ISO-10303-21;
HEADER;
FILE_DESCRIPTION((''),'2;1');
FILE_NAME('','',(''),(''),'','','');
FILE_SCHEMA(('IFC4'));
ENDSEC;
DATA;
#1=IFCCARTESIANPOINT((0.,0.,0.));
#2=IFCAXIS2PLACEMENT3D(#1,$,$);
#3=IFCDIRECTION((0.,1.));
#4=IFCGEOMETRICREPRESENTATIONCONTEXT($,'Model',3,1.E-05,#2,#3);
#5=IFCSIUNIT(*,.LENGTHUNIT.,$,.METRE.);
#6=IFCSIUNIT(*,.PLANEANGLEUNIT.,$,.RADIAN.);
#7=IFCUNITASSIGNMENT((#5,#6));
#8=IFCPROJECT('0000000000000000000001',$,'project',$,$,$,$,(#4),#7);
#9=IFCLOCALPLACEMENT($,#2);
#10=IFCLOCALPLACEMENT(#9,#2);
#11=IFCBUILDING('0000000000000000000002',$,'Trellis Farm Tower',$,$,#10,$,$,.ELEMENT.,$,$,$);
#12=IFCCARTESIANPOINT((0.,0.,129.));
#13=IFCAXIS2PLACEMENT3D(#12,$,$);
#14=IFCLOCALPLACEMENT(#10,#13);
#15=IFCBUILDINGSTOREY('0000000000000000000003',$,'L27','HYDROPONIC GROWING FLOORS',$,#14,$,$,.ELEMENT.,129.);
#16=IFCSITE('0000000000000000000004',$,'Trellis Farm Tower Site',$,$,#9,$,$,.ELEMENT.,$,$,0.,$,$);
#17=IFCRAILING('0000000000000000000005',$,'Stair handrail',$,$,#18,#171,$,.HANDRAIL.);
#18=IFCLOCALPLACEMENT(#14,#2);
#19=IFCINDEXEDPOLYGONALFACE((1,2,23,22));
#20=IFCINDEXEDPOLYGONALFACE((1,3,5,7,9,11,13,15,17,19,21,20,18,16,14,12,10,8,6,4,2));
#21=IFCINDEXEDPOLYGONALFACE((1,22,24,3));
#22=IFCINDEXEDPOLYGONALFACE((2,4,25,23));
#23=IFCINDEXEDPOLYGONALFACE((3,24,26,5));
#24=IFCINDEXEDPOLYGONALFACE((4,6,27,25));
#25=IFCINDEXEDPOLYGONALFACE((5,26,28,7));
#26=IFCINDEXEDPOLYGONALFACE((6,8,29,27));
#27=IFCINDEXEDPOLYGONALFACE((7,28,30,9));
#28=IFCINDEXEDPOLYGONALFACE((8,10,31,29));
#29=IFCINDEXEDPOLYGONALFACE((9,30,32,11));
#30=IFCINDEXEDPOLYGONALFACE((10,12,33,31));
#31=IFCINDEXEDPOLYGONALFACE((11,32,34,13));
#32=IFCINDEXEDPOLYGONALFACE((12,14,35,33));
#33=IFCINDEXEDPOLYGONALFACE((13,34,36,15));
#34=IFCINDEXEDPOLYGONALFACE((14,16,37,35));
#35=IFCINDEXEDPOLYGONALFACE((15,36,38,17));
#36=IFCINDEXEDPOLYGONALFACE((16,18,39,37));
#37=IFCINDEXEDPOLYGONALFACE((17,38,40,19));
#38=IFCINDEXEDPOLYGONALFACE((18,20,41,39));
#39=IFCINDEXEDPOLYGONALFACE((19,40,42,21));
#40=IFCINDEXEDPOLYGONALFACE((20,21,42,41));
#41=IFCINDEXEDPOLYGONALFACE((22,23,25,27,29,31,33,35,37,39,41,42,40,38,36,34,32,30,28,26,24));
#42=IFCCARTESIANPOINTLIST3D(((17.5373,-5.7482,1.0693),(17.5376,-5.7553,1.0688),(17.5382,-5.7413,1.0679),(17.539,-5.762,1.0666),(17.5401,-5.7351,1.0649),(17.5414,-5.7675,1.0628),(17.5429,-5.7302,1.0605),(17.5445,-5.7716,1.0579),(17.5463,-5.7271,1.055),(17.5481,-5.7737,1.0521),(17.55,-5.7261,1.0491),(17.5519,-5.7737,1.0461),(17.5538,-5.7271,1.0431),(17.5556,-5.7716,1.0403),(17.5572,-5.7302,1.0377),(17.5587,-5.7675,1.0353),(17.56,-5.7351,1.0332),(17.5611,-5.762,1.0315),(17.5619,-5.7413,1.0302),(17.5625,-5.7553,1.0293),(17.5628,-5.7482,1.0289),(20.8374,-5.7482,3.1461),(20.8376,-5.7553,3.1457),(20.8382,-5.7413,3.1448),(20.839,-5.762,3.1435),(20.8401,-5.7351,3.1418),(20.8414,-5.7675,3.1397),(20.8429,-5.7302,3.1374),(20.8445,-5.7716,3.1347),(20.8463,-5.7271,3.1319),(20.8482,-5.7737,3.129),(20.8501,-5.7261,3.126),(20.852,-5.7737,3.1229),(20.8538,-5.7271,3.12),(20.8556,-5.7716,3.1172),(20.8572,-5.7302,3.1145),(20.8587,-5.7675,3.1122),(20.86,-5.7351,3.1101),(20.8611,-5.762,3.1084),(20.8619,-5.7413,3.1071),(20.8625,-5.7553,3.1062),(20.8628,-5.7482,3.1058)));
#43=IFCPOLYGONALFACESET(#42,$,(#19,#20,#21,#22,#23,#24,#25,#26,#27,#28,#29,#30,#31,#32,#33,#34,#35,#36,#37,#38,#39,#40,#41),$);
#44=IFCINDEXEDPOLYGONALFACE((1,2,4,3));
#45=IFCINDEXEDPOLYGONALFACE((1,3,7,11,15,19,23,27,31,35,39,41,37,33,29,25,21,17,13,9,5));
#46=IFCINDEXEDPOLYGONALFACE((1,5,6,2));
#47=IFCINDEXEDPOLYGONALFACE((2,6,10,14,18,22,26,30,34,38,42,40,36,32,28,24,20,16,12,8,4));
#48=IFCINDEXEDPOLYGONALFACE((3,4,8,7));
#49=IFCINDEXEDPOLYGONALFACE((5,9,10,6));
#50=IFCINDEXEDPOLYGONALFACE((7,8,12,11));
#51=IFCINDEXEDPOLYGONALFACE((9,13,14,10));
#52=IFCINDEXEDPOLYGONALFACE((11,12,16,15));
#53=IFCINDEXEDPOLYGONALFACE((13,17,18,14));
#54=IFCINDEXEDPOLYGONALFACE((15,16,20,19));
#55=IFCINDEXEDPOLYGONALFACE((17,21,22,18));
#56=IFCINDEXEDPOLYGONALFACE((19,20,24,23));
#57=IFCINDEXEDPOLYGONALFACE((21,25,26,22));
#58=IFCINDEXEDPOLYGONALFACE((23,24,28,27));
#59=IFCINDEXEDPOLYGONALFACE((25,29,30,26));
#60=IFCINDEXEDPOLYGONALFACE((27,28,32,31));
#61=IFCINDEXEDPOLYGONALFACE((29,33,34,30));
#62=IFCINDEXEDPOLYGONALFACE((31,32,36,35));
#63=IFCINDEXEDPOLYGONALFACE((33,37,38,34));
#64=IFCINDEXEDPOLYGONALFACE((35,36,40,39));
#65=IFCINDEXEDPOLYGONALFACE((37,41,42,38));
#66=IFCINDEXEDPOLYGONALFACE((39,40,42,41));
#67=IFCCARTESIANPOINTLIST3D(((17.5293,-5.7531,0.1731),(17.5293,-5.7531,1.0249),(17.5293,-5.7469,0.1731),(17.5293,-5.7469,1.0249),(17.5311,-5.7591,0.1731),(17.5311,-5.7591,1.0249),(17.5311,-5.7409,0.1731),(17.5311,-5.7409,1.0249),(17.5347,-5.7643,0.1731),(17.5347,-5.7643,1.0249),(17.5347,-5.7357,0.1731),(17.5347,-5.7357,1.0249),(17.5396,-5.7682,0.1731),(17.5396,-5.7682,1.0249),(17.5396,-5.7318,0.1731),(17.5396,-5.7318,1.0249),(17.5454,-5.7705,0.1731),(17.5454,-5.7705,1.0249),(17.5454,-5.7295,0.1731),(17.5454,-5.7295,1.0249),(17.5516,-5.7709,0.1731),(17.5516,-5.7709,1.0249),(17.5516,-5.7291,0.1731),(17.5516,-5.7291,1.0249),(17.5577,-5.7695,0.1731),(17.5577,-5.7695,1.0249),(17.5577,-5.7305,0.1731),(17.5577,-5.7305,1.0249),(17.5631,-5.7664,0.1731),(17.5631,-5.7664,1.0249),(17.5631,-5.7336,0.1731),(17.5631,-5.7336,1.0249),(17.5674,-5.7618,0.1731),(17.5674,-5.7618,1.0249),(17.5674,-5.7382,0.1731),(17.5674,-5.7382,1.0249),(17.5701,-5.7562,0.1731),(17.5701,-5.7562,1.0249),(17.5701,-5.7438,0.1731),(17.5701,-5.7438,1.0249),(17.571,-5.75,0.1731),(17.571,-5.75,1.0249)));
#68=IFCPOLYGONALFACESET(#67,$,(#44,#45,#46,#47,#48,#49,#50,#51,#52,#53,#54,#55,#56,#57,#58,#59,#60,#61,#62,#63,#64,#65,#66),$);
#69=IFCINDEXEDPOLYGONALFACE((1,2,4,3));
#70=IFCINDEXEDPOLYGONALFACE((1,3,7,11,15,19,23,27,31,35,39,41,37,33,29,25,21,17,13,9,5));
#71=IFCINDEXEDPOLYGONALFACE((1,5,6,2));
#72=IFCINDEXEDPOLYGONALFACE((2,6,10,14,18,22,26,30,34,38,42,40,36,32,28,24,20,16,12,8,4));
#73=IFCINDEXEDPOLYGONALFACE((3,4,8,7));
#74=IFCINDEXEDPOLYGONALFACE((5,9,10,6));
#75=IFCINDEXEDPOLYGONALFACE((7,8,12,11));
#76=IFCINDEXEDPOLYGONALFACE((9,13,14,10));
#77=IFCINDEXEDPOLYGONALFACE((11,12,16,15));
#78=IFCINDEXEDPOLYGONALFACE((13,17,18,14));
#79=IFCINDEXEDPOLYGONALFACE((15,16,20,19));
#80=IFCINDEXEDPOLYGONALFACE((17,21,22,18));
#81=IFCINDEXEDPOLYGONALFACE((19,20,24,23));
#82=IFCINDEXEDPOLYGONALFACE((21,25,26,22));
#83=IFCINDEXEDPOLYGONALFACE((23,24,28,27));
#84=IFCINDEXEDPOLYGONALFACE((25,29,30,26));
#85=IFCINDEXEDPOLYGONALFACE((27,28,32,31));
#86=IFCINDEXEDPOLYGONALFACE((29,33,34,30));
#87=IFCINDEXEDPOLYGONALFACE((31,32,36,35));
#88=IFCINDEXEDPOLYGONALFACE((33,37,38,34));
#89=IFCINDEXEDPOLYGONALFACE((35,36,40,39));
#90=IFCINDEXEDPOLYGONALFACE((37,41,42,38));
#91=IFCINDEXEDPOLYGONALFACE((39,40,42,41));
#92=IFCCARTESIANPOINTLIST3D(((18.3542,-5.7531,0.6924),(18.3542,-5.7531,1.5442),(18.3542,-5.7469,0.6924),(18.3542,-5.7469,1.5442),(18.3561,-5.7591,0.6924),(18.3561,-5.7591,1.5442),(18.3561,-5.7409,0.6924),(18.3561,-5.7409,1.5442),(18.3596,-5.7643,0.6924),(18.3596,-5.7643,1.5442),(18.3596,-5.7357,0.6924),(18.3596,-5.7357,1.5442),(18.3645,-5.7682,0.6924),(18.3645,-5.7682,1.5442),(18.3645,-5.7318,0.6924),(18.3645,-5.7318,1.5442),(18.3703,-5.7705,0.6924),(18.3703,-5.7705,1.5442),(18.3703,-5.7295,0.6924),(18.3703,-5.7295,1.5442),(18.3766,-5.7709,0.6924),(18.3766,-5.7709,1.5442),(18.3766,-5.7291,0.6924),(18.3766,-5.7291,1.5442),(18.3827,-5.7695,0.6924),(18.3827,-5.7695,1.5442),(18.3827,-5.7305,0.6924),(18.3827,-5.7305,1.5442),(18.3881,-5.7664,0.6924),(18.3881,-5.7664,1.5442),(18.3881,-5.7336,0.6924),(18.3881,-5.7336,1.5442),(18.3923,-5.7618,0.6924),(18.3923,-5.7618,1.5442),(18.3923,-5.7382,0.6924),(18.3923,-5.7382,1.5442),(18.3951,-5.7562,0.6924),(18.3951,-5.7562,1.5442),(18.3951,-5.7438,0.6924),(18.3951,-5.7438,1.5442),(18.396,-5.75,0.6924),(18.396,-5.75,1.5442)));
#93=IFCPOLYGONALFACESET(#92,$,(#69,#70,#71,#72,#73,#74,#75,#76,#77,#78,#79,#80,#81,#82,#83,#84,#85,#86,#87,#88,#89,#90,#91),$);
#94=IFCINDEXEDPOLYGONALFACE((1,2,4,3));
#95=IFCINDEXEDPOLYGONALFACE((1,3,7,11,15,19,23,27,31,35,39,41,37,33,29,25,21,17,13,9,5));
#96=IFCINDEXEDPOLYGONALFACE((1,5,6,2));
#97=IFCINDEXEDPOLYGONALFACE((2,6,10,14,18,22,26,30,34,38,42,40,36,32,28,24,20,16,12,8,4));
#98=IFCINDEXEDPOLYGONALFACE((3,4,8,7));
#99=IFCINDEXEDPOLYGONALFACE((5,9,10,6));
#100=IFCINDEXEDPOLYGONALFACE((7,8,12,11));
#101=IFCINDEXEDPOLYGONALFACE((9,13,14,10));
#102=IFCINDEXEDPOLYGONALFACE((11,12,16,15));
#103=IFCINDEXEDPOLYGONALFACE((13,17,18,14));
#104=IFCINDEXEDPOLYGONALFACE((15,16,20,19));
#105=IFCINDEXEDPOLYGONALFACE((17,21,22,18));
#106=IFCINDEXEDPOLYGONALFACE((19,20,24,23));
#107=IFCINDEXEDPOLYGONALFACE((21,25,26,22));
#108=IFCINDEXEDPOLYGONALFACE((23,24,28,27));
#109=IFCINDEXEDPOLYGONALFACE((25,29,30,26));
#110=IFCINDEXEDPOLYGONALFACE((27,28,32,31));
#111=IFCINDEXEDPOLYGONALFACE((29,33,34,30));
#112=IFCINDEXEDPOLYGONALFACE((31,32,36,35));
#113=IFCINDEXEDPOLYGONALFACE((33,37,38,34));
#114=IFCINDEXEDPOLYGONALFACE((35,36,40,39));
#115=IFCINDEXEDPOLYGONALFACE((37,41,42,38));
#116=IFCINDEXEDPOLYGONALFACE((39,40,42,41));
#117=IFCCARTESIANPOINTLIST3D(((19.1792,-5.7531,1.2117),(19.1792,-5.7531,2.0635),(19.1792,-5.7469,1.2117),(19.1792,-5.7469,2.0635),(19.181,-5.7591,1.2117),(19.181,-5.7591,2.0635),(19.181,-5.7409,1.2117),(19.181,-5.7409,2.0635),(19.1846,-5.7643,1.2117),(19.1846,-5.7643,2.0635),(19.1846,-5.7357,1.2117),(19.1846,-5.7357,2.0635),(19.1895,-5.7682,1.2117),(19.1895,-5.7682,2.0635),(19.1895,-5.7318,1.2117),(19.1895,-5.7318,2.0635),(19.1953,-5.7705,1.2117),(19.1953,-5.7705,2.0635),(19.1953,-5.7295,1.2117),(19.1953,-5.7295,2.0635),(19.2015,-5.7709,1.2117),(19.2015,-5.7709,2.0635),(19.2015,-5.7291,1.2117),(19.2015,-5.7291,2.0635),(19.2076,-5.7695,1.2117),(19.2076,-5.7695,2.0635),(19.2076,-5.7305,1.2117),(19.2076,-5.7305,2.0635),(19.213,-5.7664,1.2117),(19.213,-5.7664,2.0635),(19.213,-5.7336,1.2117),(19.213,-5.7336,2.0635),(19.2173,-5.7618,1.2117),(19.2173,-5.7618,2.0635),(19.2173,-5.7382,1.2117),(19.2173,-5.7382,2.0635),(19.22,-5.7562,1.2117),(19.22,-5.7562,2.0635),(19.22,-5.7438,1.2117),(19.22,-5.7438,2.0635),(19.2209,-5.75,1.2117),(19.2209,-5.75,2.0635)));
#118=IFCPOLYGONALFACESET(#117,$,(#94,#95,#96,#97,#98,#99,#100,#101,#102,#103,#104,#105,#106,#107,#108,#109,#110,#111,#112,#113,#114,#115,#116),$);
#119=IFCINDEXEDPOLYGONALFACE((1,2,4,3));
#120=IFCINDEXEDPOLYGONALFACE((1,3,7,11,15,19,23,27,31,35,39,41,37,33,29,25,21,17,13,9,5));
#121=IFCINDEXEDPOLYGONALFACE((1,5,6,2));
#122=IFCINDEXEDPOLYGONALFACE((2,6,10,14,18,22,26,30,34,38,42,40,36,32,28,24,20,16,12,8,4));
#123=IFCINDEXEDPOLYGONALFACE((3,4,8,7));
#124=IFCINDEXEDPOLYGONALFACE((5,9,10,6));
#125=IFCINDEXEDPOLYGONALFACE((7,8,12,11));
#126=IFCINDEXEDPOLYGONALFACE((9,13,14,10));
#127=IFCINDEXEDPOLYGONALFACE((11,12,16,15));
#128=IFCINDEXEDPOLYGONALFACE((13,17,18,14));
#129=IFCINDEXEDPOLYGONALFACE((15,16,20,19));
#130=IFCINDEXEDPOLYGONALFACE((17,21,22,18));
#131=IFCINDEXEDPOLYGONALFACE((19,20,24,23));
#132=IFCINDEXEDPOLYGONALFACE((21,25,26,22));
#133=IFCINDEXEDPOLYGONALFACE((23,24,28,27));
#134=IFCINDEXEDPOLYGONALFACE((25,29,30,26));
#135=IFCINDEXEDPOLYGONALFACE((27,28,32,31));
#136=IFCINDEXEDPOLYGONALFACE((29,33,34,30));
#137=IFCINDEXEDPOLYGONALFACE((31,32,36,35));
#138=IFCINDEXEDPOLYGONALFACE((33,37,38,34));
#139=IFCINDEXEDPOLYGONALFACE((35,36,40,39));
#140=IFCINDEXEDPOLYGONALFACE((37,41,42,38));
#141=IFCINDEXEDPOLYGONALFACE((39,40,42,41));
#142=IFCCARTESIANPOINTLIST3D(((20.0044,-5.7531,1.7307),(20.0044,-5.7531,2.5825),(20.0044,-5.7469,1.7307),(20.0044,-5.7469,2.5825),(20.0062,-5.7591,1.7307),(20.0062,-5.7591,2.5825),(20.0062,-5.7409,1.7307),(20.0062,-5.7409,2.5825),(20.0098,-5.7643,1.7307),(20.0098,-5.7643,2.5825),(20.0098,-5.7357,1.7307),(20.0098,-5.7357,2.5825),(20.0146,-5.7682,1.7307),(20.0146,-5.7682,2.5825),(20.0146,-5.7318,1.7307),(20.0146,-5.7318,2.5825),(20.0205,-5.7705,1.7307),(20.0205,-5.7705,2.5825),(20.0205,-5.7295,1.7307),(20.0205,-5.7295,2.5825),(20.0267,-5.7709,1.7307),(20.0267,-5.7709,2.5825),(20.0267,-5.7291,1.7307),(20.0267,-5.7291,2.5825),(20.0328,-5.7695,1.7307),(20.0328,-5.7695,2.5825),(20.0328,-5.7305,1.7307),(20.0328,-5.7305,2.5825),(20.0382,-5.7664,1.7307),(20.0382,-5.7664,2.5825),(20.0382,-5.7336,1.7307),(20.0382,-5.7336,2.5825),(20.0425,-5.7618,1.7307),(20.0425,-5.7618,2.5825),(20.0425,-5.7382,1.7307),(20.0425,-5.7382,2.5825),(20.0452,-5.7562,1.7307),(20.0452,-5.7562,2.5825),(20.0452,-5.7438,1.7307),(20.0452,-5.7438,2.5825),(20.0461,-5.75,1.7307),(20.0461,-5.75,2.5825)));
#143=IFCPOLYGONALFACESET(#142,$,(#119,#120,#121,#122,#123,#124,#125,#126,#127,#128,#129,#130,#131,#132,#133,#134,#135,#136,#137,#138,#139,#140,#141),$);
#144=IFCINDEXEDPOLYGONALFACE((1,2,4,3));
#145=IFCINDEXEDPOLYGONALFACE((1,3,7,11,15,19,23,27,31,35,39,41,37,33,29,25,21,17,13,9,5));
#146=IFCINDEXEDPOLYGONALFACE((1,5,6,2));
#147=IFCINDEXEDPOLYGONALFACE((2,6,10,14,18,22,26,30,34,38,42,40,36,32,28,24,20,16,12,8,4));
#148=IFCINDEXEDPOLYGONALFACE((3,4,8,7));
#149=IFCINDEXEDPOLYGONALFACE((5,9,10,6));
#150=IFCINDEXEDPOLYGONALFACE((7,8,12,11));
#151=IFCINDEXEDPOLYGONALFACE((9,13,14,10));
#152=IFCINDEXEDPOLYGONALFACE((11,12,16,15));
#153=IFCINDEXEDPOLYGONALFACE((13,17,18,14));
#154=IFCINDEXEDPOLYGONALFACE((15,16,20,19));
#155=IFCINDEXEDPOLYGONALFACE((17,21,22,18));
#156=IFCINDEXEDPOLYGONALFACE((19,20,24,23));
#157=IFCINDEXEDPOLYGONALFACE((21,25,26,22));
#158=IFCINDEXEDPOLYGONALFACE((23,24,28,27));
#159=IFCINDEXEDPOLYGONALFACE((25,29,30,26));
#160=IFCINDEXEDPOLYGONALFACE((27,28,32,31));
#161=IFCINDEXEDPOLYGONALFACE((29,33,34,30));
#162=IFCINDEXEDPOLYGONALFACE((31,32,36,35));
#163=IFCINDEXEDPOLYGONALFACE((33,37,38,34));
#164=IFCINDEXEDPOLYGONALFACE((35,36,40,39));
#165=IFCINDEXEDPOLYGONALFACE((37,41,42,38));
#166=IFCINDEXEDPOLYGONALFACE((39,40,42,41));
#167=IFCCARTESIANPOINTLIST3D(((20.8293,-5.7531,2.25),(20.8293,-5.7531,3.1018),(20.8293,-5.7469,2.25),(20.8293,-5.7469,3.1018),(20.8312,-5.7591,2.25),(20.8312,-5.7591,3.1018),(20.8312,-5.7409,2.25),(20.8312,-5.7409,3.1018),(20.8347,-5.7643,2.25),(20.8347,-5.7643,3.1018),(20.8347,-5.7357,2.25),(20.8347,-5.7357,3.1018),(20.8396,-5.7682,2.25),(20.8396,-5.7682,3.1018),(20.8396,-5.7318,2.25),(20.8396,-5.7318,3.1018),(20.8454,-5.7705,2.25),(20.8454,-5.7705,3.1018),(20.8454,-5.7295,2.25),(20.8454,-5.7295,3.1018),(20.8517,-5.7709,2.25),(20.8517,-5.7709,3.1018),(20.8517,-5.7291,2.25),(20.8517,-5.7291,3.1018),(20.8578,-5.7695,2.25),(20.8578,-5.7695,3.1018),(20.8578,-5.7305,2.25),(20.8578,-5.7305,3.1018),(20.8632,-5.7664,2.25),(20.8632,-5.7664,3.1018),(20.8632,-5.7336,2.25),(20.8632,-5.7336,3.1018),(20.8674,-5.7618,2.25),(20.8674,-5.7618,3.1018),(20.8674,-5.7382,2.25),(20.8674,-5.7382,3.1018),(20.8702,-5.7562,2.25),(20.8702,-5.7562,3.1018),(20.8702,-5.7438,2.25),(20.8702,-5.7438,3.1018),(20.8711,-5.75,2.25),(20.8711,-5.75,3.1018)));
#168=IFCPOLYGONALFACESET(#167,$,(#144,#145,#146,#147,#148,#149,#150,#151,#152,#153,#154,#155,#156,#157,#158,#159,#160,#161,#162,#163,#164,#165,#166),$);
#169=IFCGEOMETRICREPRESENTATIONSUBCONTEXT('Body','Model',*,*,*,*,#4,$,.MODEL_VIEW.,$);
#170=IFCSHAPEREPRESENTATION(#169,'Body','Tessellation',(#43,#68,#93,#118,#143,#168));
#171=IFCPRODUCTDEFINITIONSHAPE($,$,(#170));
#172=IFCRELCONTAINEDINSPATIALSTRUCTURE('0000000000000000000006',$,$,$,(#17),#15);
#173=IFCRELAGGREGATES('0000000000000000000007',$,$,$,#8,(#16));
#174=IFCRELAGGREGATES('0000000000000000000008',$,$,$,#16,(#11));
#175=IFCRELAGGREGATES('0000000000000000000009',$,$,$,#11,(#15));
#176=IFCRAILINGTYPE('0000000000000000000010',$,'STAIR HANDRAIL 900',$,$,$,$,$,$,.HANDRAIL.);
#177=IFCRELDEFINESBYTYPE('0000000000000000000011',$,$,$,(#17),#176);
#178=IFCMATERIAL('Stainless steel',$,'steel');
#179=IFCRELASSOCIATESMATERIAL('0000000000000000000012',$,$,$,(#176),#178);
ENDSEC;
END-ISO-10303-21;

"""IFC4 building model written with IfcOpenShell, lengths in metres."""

from ifc_helpers import new_model, si_unit, direction, frame, origin, origin_2d, place, context, subcontext, project, spatial, circle, extrude, source, transform, mapped, material, type_object, element, save


model = new_model("IFC4")

# Units and contexts
model_context = context("Model", 3, precision=1e-05, world=origin(), true_north=direction((0.0, 1.0)))
body_context = subcontext(model_context, "Body", "Model", "MODEL_VIEW")
ifc_project = project(units=[si_unit("LENGTHUNIT", "METRE"), si_unit("PLANEANGLEUNIT", "RADIAN")], contexts=[model_context])

# Site, building, storey
site_placement = place(None, origin())
site = spatial("IfcSite", under=ifc_project, at=site_placement, Name="Trellis Farm Tower Site", CompositionType="ELEMENT", RefElevation=0.0)
building_placement = place(site_placement, origin())
building = spatial("IfcBuilding", under=site, at=building_placement, Name="Trellis Farm Tower", CompositionType="ELEMENT")
storey_placement = place(building_placement, frame((0.0, 0.0, 129.0)))
storey = spatial("IfcBuildingStorey", under=building, at=storey_placement, Name="L27", Description="HYDROPONIC GROWING FLOORS", CompositionType="ELEMENT", Elevation=129.0)

# Shared definitions
ifc_material_1 = material(Name="Stainless steel", Category="steel")

# Railing
railing_type = type_object("IfcRailingType", Name="STAIR HANDRAIL 900", PredefinedType="HANDRAIL", material=ifc_material_1)
shared_shape_1 = source(origin(), body_context, "Body", "SweptSolid", [
    extrude(circle(Radius=0.0239, at=origin_2d()), frame((0.0, 0.0, 0.876), z_axis=(0.846337, 0.0, 0.532647), x_axis=(0.0, 1.0, 0.0)), (0.0, 0.0, 1.0), 3.8992),
    extrude(circle(Radius=0.021, at=origin_2d()), origin(), (0.0, 0.0, 1.0), 0.8518),
    extrude(circle(Radius=0.021, at=origin_2d()), frame((0.825, 0.0, 0.5193)), (0.0, 0.0, 1.0), 0.8518),
    extrude(circle(Radius=0.021, at=origin_2d()), frame((1.6499, 0.0, 1.0386)), (0.0, 0.0, 1.0), 0.8518),
    extrude(circle(Radius=0.021, at=origin_2d()), frame((2.4751, 0.0, 1.5576)), (0.0, 0.0, 1.0), 0.8518),
    extrude(circle(Radius=0.021, at=origin_2d()), frame((3.3, 0.0, 2.0769)), (0.0, 0.0, 1.0), 0.8518),
])
for number, where, name in (
    (1, (17.55, -5.75, 0.1731), "Stair handrail"),
):
    element("IfcRailing", number, at=place(storey_placement, frame(where)), inside=storey, type_object=railing_type, Name=name, PredefinedType="HANDRAIL", context=body_context, shape_type="MappedRepresentation", body=[
        mapped(shared_shape_1, transform((0.0, 0.0, 0.0))),
    ])

save(model, "model.ifc")
